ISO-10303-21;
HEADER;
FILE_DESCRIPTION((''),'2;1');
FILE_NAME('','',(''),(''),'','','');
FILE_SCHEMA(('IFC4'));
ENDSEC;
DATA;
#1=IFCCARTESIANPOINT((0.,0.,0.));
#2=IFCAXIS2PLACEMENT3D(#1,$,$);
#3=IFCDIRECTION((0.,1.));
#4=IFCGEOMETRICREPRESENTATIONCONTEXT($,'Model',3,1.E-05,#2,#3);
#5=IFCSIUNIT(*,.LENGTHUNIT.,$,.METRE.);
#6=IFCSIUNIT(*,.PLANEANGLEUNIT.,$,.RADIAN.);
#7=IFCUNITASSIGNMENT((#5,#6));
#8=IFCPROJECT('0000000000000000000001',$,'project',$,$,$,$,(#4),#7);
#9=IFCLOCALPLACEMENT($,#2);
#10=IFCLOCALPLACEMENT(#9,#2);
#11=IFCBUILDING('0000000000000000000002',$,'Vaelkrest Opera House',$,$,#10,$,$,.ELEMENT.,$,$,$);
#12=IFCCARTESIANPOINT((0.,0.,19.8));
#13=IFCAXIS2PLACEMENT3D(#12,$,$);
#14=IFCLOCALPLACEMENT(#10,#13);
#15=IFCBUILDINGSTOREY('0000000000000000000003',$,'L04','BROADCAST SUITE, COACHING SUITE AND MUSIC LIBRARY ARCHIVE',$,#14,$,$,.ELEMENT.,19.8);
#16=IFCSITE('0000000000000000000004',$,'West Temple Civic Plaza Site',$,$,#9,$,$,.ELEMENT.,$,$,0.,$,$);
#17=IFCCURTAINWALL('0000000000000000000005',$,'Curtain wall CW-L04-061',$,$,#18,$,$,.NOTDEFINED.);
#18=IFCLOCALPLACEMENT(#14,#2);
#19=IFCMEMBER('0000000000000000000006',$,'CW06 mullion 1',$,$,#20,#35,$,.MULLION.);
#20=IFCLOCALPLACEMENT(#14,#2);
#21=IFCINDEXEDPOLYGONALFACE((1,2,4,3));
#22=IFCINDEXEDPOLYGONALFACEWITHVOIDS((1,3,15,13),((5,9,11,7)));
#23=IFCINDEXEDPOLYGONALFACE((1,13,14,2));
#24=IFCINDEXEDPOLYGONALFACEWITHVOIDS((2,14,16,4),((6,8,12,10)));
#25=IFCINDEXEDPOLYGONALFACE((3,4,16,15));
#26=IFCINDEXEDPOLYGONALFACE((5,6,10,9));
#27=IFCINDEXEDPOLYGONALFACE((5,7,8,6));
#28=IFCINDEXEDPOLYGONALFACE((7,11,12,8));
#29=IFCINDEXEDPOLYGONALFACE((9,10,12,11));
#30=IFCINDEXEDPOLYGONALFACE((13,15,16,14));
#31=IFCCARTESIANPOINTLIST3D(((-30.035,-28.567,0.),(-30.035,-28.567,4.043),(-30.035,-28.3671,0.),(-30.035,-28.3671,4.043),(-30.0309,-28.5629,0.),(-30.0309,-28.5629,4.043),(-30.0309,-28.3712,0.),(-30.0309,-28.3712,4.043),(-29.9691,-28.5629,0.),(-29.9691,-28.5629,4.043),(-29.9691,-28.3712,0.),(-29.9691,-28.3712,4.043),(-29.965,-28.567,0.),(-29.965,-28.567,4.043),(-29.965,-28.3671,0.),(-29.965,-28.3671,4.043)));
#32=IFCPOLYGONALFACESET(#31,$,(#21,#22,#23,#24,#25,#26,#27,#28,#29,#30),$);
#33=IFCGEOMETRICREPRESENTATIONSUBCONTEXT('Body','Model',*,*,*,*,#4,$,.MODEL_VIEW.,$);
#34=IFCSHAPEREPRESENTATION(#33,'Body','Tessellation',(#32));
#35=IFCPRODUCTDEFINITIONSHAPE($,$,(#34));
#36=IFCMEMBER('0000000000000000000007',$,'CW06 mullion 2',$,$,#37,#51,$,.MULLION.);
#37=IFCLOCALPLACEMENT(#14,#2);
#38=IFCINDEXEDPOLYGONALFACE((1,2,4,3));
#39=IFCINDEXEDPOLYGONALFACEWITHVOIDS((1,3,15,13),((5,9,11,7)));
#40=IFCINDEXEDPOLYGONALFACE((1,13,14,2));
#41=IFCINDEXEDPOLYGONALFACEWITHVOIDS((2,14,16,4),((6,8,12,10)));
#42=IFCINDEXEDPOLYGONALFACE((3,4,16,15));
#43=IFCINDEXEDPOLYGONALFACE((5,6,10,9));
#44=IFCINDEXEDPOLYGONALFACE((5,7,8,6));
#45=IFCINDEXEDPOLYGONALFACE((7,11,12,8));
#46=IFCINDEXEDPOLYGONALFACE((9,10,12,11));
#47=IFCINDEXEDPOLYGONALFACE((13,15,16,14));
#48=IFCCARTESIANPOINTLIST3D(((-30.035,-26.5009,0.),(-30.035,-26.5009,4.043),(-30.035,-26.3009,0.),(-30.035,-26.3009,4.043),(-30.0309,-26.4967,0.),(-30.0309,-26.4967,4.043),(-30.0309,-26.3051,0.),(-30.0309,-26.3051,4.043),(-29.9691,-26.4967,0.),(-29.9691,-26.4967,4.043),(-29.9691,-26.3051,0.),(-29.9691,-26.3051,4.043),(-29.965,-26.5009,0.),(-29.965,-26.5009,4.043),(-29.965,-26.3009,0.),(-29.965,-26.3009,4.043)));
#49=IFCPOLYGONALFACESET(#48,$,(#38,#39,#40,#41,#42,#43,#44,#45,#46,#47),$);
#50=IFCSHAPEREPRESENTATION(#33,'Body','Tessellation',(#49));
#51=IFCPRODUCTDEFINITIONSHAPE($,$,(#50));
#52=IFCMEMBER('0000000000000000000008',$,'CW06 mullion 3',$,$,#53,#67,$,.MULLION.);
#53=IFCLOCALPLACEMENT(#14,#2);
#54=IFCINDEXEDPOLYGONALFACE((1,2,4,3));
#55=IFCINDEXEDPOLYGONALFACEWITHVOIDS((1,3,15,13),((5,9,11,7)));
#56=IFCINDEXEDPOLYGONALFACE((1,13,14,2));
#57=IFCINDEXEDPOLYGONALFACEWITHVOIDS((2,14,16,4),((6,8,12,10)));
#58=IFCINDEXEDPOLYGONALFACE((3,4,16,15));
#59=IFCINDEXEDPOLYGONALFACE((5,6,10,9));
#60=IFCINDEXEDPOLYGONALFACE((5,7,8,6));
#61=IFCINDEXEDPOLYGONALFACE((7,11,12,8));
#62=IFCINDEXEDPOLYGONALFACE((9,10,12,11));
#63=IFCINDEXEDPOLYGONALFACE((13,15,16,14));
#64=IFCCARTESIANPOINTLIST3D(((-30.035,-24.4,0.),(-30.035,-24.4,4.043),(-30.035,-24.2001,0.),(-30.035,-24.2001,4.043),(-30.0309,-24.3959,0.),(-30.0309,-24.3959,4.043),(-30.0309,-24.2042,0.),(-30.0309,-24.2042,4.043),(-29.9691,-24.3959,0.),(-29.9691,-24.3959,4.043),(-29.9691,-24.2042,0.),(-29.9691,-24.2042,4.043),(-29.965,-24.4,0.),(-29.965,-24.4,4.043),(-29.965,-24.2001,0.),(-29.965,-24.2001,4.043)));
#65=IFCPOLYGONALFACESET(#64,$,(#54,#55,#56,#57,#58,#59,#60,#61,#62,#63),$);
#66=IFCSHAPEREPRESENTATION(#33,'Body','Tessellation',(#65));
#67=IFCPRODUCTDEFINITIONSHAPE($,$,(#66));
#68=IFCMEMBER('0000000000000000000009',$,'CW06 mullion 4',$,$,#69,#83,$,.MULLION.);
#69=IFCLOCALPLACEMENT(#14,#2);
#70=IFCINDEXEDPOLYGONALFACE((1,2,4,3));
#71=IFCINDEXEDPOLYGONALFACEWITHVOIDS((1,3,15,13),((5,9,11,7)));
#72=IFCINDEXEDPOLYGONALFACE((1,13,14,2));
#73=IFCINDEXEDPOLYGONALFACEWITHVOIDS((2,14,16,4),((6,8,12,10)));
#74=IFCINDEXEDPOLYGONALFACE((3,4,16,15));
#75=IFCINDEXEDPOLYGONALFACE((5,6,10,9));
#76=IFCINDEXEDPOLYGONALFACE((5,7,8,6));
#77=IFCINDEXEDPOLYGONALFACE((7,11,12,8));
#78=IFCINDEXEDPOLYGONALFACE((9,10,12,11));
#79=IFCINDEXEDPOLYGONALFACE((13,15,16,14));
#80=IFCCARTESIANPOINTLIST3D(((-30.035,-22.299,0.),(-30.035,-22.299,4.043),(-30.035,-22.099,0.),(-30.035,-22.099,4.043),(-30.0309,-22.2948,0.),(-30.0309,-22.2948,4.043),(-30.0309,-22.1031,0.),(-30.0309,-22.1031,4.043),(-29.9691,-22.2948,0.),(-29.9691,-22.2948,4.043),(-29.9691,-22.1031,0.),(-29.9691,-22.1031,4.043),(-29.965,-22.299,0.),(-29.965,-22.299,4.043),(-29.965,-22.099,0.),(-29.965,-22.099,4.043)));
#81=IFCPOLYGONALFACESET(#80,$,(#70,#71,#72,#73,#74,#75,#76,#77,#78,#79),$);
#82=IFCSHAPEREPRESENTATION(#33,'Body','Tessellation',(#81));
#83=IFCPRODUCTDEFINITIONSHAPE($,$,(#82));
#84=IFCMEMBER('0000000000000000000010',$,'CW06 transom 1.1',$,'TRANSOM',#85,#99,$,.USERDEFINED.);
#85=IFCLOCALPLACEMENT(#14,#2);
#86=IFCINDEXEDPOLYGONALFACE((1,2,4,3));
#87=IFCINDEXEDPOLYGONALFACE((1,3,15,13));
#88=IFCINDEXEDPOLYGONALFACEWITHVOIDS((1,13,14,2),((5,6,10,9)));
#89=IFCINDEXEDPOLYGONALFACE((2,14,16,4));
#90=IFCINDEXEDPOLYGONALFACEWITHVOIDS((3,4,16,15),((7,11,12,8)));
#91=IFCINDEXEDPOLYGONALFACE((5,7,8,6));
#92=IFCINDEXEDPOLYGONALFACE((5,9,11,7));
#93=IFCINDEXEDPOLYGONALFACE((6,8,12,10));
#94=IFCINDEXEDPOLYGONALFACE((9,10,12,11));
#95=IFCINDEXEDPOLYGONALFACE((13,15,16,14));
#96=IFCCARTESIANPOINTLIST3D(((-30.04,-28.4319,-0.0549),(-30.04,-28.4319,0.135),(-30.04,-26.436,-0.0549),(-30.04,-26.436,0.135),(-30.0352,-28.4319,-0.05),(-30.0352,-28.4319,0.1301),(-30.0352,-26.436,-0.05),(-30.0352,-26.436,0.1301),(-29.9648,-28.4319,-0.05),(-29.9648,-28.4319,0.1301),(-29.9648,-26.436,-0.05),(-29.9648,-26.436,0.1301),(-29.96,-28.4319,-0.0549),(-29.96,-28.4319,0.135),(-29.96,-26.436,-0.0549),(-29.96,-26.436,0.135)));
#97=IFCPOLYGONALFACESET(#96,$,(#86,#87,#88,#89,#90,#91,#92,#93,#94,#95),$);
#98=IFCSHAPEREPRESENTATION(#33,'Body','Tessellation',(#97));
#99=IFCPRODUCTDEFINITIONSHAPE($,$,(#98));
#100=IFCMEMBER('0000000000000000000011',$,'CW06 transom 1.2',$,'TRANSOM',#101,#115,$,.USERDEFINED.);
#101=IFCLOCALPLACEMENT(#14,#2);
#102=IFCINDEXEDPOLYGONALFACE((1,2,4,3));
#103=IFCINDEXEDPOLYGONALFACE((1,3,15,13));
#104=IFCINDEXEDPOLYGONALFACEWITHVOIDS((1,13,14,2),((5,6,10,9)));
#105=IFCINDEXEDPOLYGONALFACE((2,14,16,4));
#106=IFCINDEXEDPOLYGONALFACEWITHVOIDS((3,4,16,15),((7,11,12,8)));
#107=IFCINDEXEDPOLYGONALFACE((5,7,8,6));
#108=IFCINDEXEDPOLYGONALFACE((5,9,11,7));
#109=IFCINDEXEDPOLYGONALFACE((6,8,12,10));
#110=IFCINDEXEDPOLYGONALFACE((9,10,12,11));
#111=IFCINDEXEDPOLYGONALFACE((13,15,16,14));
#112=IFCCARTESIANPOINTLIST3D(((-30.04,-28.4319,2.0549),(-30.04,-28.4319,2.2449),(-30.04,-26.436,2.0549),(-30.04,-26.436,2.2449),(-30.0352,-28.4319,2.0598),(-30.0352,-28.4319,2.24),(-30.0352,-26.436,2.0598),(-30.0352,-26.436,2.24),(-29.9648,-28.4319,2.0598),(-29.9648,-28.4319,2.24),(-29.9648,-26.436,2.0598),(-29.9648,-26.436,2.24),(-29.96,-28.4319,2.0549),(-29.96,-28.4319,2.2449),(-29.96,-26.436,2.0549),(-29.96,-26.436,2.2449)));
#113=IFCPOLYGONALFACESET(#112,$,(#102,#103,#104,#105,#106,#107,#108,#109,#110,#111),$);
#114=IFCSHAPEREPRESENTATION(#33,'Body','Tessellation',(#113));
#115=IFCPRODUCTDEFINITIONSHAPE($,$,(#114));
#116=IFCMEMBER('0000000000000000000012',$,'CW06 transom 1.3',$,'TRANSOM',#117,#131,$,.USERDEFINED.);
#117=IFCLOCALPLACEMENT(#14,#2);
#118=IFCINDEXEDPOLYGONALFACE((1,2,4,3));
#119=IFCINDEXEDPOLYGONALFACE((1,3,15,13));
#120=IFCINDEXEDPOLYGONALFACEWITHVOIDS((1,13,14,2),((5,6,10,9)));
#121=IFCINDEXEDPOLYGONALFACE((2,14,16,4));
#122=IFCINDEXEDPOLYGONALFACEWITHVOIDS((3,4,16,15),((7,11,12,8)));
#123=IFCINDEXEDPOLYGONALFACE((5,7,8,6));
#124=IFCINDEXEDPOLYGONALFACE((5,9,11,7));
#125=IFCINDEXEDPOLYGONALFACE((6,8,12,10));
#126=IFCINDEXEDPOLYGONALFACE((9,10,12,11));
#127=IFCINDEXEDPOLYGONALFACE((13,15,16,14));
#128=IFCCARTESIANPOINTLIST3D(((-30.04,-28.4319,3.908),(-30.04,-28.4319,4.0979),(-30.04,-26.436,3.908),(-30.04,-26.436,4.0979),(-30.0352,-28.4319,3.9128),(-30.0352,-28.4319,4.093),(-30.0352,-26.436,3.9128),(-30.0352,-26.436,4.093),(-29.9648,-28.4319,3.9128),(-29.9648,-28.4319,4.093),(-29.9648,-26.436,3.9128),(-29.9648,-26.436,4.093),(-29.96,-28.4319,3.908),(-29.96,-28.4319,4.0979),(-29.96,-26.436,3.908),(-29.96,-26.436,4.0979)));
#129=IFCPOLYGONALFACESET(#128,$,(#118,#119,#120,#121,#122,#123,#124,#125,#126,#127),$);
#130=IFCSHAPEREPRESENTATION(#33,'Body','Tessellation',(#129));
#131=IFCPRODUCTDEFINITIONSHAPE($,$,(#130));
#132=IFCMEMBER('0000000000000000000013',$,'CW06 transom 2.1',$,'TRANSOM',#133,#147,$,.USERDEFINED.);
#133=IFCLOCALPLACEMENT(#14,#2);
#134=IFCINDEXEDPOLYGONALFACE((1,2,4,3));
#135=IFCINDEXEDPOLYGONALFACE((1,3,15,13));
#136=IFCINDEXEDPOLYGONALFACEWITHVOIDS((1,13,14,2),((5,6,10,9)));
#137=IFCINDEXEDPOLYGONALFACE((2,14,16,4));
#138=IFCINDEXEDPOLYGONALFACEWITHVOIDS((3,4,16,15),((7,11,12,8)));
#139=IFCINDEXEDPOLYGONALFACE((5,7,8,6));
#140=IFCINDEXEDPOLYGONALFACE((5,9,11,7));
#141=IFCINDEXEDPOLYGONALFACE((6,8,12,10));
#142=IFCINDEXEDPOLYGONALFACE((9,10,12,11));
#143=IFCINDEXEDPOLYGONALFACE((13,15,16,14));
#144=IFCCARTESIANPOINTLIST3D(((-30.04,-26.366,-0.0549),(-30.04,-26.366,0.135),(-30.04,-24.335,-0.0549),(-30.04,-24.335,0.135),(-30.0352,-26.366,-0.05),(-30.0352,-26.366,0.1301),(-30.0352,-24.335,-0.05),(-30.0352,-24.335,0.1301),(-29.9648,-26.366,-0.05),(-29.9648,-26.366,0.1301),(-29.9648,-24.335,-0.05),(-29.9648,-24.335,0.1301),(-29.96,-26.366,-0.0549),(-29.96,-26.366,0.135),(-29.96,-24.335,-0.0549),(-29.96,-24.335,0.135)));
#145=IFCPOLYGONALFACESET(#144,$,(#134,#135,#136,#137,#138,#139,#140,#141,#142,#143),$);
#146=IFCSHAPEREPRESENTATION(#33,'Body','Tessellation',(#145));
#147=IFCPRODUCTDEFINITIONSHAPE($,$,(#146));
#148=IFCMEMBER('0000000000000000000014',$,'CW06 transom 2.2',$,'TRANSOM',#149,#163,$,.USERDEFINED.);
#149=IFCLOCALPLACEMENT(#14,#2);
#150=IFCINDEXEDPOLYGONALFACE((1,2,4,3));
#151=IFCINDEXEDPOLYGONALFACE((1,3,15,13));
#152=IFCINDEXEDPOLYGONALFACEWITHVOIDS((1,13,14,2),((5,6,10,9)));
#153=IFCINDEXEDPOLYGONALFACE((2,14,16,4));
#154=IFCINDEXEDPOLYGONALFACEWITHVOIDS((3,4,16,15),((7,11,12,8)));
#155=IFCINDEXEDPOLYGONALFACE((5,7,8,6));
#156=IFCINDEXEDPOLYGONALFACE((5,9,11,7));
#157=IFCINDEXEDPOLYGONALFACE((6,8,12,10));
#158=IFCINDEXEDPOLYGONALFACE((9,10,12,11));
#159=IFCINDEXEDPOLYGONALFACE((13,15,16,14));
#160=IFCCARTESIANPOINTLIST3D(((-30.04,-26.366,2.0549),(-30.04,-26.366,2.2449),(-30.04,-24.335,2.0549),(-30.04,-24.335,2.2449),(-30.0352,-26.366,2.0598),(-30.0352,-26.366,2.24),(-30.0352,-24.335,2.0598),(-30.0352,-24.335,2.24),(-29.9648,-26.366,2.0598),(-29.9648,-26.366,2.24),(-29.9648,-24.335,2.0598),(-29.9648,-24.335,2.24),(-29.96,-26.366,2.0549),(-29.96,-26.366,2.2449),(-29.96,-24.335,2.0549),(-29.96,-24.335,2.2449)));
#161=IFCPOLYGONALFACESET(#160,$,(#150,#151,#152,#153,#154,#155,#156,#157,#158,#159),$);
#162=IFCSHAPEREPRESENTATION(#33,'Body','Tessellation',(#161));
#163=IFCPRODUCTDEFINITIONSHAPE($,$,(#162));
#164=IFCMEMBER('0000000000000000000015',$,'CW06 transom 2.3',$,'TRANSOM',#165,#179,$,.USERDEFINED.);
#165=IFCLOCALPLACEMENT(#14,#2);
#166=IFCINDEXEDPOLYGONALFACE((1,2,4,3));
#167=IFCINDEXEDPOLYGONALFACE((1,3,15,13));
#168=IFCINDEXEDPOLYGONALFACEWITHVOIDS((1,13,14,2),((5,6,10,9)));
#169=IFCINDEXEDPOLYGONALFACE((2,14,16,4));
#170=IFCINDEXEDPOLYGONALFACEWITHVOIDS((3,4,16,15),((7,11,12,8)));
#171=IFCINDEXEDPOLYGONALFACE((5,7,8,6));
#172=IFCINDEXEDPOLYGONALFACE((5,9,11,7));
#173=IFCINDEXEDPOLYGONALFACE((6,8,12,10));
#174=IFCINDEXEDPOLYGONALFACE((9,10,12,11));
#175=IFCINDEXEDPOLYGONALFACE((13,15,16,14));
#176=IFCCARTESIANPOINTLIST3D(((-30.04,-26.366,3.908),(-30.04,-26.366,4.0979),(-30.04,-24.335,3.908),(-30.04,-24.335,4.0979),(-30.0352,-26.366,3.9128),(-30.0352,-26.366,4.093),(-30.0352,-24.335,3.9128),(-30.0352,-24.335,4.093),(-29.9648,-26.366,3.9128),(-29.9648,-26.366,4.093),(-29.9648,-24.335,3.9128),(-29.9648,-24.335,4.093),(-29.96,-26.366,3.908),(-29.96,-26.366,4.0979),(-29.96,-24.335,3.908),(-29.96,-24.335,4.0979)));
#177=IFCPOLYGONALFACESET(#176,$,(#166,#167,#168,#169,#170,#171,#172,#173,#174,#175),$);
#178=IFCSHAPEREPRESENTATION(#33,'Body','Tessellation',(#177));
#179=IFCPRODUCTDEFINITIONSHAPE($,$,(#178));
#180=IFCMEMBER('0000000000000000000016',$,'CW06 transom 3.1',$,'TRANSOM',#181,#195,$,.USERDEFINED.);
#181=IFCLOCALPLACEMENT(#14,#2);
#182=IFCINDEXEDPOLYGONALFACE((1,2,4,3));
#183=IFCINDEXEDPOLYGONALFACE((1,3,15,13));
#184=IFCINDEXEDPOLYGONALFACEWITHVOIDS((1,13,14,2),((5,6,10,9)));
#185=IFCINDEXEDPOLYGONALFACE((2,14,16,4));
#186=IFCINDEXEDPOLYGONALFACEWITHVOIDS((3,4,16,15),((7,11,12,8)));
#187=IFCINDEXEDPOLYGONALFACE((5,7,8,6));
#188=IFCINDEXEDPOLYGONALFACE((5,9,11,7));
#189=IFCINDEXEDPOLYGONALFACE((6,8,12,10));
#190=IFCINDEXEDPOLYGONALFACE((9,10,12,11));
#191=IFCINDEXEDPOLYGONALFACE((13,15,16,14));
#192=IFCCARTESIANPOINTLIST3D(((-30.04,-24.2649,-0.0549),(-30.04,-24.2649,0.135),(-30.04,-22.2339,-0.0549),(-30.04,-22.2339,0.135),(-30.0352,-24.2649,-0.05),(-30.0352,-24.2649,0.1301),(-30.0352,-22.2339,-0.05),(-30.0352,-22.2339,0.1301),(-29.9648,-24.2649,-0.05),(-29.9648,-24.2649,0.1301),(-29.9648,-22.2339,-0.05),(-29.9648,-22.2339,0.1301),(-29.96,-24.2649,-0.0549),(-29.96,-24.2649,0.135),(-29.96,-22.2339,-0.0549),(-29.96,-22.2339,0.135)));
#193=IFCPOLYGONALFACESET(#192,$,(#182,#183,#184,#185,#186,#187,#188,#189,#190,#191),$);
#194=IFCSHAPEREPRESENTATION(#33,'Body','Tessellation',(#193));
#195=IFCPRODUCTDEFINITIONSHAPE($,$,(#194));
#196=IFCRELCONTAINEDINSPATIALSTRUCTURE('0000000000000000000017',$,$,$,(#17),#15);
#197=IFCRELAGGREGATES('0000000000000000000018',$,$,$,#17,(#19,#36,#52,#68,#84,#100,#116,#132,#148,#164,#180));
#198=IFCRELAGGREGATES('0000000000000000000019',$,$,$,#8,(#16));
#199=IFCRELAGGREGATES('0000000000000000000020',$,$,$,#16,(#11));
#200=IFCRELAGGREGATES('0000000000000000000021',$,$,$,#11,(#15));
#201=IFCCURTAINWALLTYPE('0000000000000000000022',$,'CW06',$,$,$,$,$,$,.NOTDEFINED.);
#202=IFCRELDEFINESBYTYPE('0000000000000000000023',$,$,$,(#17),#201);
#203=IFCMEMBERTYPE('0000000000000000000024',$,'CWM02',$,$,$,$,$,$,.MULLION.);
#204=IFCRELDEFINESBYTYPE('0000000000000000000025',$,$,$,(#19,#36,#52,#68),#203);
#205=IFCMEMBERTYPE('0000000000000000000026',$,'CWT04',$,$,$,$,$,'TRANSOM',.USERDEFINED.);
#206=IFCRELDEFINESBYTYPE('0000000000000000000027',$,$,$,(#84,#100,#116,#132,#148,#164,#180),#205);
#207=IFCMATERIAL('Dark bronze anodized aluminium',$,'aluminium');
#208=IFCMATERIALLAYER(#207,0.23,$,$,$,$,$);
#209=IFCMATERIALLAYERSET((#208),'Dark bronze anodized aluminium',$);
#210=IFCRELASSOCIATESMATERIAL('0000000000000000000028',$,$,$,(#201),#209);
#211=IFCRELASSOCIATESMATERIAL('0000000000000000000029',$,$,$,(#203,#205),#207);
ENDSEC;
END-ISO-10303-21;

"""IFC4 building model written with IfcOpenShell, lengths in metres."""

from ifc_helpers import new_model, si_unit, direction, frame, origin, origin_2d, place, context, subcontext, project, spatial, hollow_rectangle, extrude, material, layer, layer_set, material_profile, profile_set, type_object, element, aggregate, save


model = new_model("IFC4")

# Units and contexts
model_context = context("Model", 3, precision=1e-05, world=origin(), true_north=direction((0.0, 1.0)))
body_context = subcontext(model_context, "Body", "Model", "MODEL_VIEW")
ifc_project = project(units=[si_unit("LENGTHUNIT", "METRE"), si_unit("PLANEANGLEUNIT", "RADIAN")], contexts=[model_context])

# Site, building, storey
site_placement = place(None, origin())
site = spatial("IfcSite", under=ifc_project, at=site_placement, Name="West Temple Civic Plaza Site", CompositionType="ELEMENT", RefElevation=0.0)
building_placement = place(site_placement, origin())
building = spatial("IfcBuilding", under=site, at=building_placement, Name="Vaelkrest Opera House", CompositionType="ELEMENT")
storey_placement = place(building_placement, frame((0.0, 0.0, 19.8)))
storey = spatial("IfcBuildingStorey", under=building, at=storey_placement, Name="L04", Description="BROADCAST SUITE, COACHING SUITE AND MUSIC LIBRARY ARCHIVE", CompositionType="ELEMENT", Elevation=19.8)

# Curtain wall, members
ifc_material_1 = material(Name="Dark bronze anodized aluminium", Category="aluminium")
ifc_layer_1 = layer(ifc_material_1, 0.23)
ifc_layer_set_1 = layer_set([ifc_layer_1], Name="Dark bronze anodized aluminium")
curtain_wall_type = type_object("IfcCurtainWallType", Name="CW06", PredefinedType="NOTDEFINED", material=ifc_layer_set_1)
curtain_wall_placement = place(storey_placement, origin())
curtain_wall = element("IfcCurtainWall", 1, at=curtain_wall_placement, inside=storey, type_object=curtain_wall_type, Name="Curtain wall CW-L04-061", PredefinedType="NOTDEFINED")
ifc_material_profile_1 = material_profile(ifc_material_1, hollow_rectangle(XDim=0.0701, YDim=0.2, WallThickness=0.0042, at=origin_2d()), Name="CWM70X200")
ifc_profile_set_1 = profile_set([ifc_material_profile_1], Name="Dark bronze anodized aluminium")
member_type_1 = type_object("IfcMemberType", Name="CWM02", PredefinedType="MULLION", material=ifc_profile_set_1)
member_1_placement = place(storey_placement, frame((-30.0, -28.467, 0.0), z_axis=(0.0, 0.0, 1.0), x_axis=(-1.0, 0.0, 0.0)))
member_1 = element("IfcMember", 2, at=member_1_placement, type_object=member_type_1, Name="CW06 mullion 1", PredefinedType="MULLION", context=body_context, shape_type="SweptSolid", body=[
    extrude(hollow_rectangle(XDim=0.0701, YDim=0.2, WallThickness=0.0042, at=origin_2d()), origin(), (0.0, 0.0, 1.0), 4.043),
])
member_2_placement = place(storey_placement, frame((-30.0, -26.4009, 0.0), z_axis=(0.0, 0.0, 1.0), x_axis=(-1.0, 0.0, 0.0)))
member_2 = element("IfcMember", 3, at=member_2_placement, type_object=member_type_1, Name="CW06 mullion 2", PredefinedType="MULLION", context=body_context, shape_type="SweptSolid", body=[
    extrude(hollow_rectangle(XDim=0.0701, YDim=0.2, WallThickness=0.0042, at=origin_2d()), origin(), (0.0, 0.0, 1.0), 4.043),
])
member_3_placement = place(storey_placement, frame((-30.0, -24.3, 0.0), z_axis=(0.0, 0.0, 1.0), x_axis=(-1.0, 0.0, 0.0)))
member_3 = element("IfcMember", 4, at=member_3_placement, type_object=member_type_1, Name="CW06 mullion 3", PredefinedType="MULLION", context=body_context, shape_type="SweptSolid", body=[
    extrude(hollow_rectangle(XDim=0.0701, YDim=0.2, WallThickness=0.0042, at=origin_2d()), origin(), (0.0, 0.0, 1.0), 4.043),
])
member_4_placement = place(storey_placement, frame((-30.0, -22.199, 0.0), z_axis=(0.0, 0.0, 1.0), x_axis=(-1.0, 0.0, 0.0)))
member_4 = element("IfcMember", 5, at=member_4_placement, type_object=member_type_1, Name="CW06 mullion 4", PredefinedType="MULLION", context=body_context, shape_type="SweptSolid", body=[
    extrude(hollow_rectangle(XDim=0.0701, YDim=0.2, WallThickness=0.0042, at=origin_2d()), origin(), (0.0, 0.0, 1.0), 4.043),
])
ifc_material_profile_2 = material_profile(ifc_material_1, hollow_rectangle(XDim=0.0801, YDim=0.1899, WallThickness=0.0049, at=origin_2d()), Name="CWT80X190")
ifc_profile_set_2 = profile_set([ifc_material_profile_2], Name="Dark bronze anodized aluminium")
member_type_2 = type_object("IfcMemberType", Name="CWT04", ElementType="TRANSOM", PredefinedType="USERDEFINED", material=ifc_profile_set_2)
member_5_placement = place(storey_placement, frame((-30.0, -28.4319, 0.04), z_axis=(0.0, 1.0, 0.0), x_axis=(-1.0, 0.0, 0.0)))
member_5 = element("IfcMember", 6, at=member_5_placement, type_object=member_type_2, Name="CW06 transom 1.1", ObjectType="TRANSOM", PredefinedType="USERDEFINED", context=body_context, shape_type="SweptSolid", body=[
    extrude(hollow_rectangle(XDim=0.0801, YDim=0.1899, WallThickness=0.0049, at=origin_2d()), origin(), (0.0, 0.0, 1.0), 1.9958),
])
member_6_placement = place(storey_placement, frame((-30.0, -28.4319, 2.1499), z_axis=(0.0, 1.0, 0.0), x_axis=(-1.0, 0.0, 0.0)))
member_6 = element("IfcMember", 7, at=member_6_placement, type_object=member_type_2, Name="CW06 transom 1.2", ObjectType="TRANSOM", PredefinedType="USERDEFINED", context=body_context, shape_type="SweptSolid", body=[
    extrude(hollow_rectangle(XDim=0.0801, YDim=0.1899, WallThickness=0.0049, at=origin_2d()), origin(), (0.0, 0.0, 1.0), 1.9958),
])
member_7_placement = place(storey_placement, frame((-30.0, -28.4319, 4.0029), z_axis=(0.0, 1.0, 0.0), x_axis=(-1.0, 0.0, 0.0)))
member_7 = element("IfcMember", 8, at=member_7_placement, type_object=member_type_2, Name="CW06 transom 1.3", ObjectType="TRANSOM", PredefinedType="USERDEFINED", context=body_context, shape_type="SweptSolid", body=[
    extrude(hollow_rectangle(XDim=0.0801, YDim=0.1899, WallThickness=0.0049, at=origin_2d()), origin(), (0.0, 0.0, 1.0), 1.9958),
])
member_8_placement = place(storey_placement, frame((-30.0, -26.366, 0.04), z_axis=(0.0, 1.0, 0.0), x_axis=(-1.0, 0.0, 0.0)))
member_8 = element("IfcMember", 9, at=member_8_placement, type_object=member_type_2, Name="CW06 transom 2.1", ObjectType="TRANSOM", PredefinedType="USERDEFINED", context=body_context, shape_type="SweptSolid", body=[
    extrude(hollow_rectangle(XDim=0.0801, YDim=0.1899, WallThickness=0.0049, at=origin_2d()), origin(), (0.0, 0.0, 1.0), 2.031),
])
member_9_placement = place(storey_placement, frame((-30.0, -26.366, 2.1499), z_axis=(0.0, 1.0, 0.0), x_axis=(-1.0, 0.0, 0.0)))
member_9 = element("IfcMember", 10, at=member_9_placement, type_object=member_type_2, Name="CW06 transom 2.2", ObjectType="TRANSOM", PredefinedType="USERDEFINED", context=body_context, shape_type="SweptSolid", body=[
    extrude(hollow_rectangle(XDim=0.0801, YDim=0.1899, WallThickness=0.0049, at=origin_2d()), origin(), (0.0, 0.0, 1.0), 2.031),
])
member_10_placement = place(storey_placement, frame((-30.0, -26.366, 4.0029), z_axis=(0.0, 1.0, 0.0), x_axis=(-1.0, 0.0, 0.0)))
member_10 = element("IfcMember", 11, at=member_10_placement, type_object=member_type_2, Name="CW06 transom 2.3", ObjectType="TRANSOM", PredefinedType="USERDEFINED", context=body_context, shape_type="SweptSolid", body=[
    extrude(hollow_rectangle(XDim=0.0801, YDim=0.1899, WallThickness=0.0049, at=origin_2d()), origin(), (0.0, 0.0, 1.0), 2.031),
])
member_11_placement = place(storey_placement, frame((-30.0, -24.2649, 0.04), z_axis=(0.0, 1.0, 0.0), x_axis=(-1.0, 0.0, 0.0)))
member_11 = element("IfcMember", 12, at=member_11_placement, type_object=member_type_2, Name="CW06 transom 3.1", ObjectType="TRANSOM", PredefinedType="USERDEFINED", context=body_context, shape_type="SweptSolid", body=[
    extrude(hollow_rectangle(XDim=0.0801, YDim=0.1899, WallThickness=0.0049, at=origin_2d()), origin(), (0.0, 0.0, 1.0), 2.031),
])

aggregate(curtain_wall, [member_1, member_2, member_3, member_4, member_5, member_6, member_7, member_8, member_9, member_10, member_11])

save(model, "model.ifc")
